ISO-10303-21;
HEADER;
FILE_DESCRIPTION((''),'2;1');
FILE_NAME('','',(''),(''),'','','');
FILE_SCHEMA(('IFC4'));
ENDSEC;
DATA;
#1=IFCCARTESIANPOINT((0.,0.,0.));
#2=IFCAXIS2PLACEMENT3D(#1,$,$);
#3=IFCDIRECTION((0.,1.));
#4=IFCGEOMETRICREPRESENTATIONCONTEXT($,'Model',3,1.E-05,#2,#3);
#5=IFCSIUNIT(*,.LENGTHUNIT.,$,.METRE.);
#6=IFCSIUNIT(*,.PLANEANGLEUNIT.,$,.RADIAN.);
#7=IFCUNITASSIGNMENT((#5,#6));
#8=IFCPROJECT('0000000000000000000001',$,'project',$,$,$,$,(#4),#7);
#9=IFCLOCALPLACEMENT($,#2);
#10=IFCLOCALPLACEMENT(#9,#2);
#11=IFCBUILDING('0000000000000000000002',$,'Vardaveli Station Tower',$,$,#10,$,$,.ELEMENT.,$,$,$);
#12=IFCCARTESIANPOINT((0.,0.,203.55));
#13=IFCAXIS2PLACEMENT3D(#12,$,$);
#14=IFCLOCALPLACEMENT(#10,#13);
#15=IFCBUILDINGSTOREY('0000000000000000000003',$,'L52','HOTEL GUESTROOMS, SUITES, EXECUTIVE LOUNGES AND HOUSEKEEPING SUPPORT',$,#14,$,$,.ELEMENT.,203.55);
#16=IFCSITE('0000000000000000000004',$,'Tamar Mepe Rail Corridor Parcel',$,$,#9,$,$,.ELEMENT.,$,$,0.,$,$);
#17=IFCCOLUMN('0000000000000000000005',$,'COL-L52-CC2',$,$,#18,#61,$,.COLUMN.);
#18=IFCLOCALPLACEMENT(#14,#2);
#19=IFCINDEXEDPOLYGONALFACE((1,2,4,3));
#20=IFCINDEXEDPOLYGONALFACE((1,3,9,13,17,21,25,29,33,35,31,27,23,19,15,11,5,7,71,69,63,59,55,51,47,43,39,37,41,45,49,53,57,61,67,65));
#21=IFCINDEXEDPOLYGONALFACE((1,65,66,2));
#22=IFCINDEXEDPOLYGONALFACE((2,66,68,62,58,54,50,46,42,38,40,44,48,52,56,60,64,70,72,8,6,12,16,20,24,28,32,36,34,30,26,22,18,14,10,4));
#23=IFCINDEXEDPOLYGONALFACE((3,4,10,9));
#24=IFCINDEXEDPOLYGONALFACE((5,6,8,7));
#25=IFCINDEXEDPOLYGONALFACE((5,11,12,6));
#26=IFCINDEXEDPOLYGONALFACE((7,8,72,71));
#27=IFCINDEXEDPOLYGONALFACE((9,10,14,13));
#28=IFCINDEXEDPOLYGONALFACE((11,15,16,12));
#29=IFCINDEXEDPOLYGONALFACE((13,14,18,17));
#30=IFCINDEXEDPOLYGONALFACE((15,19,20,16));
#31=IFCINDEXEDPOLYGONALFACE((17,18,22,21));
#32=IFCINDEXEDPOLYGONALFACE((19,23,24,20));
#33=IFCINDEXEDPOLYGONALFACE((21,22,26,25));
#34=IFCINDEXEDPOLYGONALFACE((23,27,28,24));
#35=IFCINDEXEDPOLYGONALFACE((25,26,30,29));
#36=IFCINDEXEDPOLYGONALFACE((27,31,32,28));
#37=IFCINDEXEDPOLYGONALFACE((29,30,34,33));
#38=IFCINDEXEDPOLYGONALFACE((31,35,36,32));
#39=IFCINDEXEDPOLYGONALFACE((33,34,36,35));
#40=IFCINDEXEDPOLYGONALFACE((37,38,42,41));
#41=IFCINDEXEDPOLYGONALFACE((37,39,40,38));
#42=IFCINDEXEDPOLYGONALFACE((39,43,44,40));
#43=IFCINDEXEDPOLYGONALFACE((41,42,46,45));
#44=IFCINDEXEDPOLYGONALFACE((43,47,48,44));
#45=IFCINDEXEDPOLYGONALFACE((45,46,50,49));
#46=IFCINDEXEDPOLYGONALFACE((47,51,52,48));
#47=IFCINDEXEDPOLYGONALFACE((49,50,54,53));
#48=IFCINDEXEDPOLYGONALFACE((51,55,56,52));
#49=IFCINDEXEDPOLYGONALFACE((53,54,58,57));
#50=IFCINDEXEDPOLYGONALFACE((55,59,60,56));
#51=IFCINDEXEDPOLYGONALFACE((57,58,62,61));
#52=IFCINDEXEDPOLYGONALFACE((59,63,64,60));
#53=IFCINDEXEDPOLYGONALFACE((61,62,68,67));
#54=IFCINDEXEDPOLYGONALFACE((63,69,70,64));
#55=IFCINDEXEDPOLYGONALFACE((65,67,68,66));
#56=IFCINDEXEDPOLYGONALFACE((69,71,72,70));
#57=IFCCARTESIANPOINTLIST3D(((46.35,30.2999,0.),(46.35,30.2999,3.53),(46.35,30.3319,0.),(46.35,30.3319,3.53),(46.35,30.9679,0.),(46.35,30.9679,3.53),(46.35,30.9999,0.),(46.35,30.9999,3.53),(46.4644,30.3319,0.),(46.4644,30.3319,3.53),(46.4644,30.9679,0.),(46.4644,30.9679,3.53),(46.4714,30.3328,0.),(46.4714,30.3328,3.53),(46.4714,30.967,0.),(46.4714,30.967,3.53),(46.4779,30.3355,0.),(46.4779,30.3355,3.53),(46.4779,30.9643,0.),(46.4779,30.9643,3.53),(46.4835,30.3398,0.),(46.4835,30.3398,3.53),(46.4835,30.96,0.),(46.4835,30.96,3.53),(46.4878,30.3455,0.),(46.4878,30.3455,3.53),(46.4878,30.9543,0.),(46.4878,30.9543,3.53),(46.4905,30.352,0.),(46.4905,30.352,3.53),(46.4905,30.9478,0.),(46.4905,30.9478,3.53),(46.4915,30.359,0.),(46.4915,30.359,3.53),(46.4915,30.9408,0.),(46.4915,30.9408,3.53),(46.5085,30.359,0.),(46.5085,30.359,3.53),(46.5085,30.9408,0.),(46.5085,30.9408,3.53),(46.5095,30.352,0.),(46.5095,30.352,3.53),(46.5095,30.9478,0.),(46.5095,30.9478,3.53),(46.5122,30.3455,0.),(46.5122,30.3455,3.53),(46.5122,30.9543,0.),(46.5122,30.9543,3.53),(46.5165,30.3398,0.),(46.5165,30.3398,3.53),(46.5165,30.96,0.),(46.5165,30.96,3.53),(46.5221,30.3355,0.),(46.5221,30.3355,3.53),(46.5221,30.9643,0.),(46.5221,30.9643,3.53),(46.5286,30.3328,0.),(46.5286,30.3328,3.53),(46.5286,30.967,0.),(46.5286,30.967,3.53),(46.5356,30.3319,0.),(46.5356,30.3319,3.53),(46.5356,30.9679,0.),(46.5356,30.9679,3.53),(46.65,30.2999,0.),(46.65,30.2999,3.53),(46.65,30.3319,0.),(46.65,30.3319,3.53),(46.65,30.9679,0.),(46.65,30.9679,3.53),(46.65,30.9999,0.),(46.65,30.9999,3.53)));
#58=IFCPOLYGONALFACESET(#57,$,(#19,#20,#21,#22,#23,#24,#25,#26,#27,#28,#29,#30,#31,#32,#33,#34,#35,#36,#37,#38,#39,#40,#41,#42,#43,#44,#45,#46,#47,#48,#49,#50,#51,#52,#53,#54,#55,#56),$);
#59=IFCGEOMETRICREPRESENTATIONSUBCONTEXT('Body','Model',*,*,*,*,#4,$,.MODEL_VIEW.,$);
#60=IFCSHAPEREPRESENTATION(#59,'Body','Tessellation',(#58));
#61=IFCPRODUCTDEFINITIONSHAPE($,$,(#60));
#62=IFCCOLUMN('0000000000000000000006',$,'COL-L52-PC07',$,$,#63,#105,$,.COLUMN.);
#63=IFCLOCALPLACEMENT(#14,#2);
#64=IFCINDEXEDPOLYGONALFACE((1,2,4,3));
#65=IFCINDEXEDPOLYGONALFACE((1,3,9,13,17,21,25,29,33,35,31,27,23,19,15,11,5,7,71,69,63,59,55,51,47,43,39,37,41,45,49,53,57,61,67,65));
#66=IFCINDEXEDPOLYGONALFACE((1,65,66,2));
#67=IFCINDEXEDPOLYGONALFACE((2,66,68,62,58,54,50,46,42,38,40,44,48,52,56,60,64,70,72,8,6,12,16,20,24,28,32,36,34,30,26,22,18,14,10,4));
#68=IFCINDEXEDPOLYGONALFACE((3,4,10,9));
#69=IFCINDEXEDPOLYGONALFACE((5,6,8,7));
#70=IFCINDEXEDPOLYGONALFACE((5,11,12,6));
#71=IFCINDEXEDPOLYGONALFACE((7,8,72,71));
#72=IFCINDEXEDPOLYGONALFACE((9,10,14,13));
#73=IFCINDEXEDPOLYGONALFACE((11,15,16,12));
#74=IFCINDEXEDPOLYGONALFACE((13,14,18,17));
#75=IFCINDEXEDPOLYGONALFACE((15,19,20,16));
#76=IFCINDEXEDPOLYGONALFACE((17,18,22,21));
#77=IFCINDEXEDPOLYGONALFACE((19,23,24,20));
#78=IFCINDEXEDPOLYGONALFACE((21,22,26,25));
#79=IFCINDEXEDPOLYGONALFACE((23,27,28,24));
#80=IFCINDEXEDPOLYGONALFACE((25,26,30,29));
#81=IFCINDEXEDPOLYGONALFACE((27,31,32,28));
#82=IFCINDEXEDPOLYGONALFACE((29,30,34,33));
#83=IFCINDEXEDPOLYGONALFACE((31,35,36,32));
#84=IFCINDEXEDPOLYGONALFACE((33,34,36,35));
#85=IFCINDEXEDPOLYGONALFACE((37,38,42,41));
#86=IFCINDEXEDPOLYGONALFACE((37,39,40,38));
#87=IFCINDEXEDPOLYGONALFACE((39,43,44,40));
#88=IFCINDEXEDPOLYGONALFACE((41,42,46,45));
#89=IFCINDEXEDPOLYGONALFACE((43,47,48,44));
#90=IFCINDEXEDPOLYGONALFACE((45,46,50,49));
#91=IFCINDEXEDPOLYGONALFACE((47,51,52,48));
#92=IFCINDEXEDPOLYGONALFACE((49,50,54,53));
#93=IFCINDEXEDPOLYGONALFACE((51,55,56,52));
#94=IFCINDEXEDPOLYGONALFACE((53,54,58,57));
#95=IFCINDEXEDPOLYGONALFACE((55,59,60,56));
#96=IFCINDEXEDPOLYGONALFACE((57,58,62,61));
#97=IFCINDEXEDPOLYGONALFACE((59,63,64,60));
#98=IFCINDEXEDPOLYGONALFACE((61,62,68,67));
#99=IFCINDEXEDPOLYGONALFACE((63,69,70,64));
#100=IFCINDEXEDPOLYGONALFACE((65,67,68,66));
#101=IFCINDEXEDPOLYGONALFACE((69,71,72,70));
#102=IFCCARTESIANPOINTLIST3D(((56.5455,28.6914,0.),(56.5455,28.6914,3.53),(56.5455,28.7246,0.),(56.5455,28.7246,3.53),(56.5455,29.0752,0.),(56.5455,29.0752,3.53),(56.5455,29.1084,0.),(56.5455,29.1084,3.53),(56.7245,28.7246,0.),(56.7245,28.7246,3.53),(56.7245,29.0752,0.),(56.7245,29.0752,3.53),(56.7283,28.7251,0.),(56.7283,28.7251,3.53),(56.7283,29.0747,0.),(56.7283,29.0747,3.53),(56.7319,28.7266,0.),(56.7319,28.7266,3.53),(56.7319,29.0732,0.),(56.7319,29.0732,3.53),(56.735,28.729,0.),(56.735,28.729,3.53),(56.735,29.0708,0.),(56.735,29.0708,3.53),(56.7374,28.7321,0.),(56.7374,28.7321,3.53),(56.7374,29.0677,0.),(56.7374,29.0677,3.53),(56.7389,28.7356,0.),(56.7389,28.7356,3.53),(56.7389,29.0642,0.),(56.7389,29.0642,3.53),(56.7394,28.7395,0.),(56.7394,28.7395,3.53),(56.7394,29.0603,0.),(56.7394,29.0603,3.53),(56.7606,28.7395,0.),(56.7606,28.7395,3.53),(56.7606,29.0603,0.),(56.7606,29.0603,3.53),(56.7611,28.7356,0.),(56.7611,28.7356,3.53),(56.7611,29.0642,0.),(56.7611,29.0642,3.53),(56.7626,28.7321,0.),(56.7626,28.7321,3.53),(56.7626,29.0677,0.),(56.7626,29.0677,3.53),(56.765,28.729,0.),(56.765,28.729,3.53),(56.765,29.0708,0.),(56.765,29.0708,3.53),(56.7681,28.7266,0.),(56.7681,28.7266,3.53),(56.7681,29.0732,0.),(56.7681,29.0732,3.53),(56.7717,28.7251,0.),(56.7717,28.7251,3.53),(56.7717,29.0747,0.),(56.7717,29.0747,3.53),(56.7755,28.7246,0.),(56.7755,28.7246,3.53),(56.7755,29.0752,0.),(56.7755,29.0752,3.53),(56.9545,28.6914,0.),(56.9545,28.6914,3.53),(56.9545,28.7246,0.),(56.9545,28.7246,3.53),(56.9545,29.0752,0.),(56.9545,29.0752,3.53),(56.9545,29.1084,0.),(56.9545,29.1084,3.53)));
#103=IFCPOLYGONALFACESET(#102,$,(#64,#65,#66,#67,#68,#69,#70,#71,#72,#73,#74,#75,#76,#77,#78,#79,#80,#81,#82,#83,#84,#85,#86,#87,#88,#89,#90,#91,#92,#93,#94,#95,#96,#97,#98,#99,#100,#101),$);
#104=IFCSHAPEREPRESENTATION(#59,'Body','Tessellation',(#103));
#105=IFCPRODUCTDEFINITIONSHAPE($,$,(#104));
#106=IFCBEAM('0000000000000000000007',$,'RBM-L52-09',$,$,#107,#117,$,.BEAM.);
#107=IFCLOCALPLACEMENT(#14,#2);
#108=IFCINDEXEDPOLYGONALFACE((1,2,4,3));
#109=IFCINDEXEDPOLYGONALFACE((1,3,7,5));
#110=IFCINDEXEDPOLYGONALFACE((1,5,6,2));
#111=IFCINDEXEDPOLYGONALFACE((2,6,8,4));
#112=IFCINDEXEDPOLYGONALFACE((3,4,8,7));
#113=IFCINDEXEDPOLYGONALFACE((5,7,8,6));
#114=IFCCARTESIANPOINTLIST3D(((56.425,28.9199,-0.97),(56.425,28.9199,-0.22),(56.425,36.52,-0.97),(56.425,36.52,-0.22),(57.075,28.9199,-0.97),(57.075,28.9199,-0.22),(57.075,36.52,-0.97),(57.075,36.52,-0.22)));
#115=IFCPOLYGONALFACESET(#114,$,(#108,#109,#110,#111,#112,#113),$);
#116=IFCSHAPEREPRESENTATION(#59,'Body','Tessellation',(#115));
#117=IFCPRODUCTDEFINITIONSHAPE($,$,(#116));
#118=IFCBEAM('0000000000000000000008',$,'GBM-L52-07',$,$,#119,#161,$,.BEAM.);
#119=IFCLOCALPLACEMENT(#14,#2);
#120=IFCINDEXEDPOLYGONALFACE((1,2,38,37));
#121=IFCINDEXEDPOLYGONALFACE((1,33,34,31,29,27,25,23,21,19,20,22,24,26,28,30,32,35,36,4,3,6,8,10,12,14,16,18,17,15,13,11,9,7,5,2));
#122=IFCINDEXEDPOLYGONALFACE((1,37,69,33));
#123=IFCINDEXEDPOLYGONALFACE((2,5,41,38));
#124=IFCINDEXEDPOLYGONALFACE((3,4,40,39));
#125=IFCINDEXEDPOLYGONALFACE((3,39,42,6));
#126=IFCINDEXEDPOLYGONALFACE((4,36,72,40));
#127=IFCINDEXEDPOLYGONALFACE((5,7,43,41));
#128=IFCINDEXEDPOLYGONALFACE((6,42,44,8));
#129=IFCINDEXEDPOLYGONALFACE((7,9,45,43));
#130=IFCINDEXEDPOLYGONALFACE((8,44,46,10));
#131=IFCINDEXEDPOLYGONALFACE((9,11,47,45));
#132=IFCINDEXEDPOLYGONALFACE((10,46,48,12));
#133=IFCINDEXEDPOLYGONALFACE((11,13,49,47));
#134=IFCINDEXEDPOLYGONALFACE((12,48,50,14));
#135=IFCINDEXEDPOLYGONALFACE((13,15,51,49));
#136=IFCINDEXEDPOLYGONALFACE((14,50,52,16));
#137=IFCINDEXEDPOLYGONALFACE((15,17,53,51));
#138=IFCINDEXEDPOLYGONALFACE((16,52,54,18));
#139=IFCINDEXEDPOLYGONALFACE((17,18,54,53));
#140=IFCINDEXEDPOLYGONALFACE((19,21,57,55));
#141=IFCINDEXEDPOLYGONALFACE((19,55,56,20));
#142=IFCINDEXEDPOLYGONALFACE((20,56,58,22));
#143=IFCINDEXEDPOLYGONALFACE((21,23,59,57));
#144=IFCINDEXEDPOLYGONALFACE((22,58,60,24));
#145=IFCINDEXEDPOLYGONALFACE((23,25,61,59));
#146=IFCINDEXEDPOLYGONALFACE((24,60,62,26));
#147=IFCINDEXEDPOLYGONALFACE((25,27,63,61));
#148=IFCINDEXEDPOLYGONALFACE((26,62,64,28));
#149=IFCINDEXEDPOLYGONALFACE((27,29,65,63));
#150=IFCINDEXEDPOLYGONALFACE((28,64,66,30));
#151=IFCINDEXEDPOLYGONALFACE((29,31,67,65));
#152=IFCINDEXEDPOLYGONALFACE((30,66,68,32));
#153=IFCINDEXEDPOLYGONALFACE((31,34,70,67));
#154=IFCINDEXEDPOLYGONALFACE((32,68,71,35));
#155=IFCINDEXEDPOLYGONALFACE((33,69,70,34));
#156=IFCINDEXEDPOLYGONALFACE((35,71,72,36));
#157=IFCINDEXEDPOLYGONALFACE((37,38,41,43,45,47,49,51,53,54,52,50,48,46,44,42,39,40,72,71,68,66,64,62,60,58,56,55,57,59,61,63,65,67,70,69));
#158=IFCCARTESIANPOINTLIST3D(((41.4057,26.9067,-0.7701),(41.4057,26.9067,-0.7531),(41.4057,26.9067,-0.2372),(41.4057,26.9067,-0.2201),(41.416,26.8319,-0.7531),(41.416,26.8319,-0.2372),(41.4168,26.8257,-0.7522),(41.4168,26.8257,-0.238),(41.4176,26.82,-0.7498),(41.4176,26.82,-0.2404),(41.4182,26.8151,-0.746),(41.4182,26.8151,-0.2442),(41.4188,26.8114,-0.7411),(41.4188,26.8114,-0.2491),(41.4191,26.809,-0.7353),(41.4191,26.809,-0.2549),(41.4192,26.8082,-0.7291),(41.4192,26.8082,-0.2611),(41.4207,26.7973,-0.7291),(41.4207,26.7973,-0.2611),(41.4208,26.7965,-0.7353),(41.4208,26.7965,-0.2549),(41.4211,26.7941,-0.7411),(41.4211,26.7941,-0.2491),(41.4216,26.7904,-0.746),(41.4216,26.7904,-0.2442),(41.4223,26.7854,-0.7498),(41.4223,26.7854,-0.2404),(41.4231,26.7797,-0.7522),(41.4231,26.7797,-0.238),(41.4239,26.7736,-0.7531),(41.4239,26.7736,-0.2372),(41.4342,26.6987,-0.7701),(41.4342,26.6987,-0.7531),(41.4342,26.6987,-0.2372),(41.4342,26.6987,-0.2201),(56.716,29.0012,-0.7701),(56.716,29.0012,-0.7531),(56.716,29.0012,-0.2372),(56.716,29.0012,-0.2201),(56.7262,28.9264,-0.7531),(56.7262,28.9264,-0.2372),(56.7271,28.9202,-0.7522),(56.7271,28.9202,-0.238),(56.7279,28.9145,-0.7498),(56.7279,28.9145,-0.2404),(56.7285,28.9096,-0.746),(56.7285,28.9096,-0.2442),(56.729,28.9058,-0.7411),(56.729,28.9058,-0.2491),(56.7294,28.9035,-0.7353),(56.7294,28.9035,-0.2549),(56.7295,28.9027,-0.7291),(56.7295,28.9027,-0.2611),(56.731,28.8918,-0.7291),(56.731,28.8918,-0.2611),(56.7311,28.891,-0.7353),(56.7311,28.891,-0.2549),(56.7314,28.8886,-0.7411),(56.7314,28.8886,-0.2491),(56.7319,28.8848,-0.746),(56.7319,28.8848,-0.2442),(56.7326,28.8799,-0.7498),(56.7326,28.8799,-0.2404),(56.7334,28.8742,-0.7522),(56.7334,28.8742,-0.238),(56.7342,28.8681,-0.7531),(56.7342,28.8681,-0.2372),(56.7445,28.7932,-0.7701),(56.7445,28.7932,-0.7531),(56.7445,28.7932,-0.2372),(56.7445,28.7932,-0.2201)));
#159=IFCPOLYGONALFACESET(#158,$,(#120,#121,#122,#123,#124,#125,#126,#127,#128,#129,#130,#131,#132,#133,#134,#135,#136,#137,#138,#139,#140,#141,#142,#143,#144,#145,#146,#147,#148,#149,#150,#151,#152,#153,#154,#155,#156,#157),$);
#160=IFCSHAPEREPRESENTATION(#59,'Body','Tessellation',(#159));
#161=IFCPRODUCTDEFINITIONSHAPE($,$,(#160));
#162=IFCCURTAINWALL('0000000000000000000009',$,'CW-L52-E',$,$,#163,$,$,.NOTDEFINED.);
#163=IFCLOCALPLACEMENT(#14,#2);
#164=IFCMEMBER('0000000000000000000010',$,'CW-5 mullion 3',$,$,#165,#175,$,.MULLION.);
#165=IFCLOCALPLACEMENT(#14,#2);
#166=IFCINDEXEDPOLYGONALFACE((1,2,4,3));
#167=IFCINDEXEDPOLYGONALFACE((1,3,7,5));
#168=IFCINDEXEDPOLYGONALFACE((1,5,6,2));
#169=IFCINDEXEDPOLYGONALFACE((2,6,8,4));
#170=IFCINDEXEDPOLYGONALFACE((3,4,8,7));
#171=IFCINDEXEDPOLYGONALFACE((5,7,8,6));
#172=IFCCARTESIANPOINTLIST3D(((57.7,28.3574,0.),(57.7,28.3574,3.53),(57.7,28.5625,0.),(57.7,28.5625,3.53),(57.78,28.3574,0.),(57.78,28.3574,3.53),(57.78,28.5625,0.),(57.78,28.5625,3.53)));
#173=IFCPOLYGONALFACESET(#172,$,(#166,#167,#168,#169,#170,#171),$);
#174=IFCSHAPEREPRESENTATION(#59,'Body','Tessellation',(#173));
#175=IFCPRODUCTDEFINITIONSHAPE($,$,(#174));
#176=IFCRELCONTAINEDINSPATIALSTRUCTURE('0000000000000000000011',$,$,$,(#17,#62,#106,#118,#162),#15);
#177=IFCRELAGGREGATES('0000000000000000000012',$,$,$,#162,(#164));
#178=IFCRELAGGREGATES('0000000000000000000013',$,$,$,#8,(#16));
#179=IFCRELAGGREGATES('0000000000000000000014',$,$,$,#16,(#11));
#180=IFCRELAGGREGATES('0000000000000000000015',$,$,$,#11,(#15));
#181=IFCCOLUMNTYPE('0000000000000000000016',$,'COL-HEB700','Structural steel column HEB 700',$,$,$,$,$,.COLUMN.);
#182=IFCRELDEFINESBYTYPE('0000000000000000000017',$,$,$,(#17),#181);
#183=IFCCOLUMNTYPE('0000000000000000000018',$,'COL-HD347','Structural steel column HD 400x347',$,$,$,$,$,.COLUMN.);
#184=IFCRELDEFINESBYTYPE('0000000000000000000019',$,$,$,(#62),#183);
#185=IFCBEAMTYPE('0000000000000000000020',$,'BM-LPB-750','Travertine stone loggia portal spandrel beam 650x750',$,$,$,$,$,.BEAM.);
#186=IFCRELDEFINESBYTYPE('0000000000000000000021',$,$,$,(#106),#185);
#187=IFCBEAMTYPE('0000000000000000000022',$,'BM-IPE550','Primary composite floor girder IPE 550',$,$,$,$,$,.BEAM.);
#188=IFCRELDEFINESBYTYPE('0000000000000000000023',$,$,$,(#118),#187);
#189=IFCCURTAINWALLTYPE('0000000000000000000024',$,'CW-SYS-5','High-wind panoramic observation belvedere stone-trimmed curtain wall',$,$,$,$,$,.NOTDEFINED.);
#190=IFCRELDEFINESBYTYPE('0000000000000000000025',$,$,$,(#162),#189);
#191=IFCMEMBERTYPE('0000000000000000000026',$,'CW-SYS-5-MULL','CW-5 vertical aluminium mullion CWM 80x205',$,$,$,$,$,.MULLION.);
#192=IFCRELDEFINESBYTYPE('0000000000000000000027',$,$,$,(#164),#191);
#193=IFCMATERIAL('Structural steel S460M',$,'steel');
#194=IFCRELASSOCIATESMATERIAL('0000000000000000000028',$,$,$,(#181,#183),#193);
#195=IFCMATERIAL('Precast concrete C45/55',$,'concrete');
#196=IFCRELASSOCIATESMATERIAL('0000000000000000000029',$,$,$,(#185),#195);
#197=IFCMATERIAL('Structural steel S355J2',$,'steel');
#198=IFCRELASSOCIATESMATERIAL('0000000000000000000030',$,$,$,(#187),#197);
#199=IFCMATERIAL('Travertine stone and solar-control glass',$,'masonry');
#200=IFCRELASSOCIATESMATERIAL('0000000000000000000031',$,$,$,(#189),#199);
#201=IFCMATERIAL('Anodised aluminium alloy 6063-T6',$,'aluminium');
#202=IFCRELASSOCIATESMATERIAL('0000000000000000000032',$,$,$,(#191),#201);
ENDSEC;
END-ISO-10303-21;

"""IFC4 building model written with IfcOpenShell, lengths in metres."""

from ifc_helpers import new_model, si_unit, direction, frame, origin, origin_2d, place, context, subcontext, project, spatial, rectangle, i_section, extrude, source, transform, mapped, material, material_profile, profile_set, type_object, element, aggregate, save


model = new_model("IFC4")

# Units and contexts
model_context = context("Model", 3, precision=1e-05, world=origin(), true_north=direction((0.0, 1.0)))
body_context = subcontext(model_context, "Body", "Model", "MODEL_VIEW")
ifc_project = project(units=[si_unit("LENGTHUNIT", "METRE"), si_unit("PLANEANGLEUNIT", "RADIAN")], contexts=[model_context])

# Site, building, storey
site_placement = place(None, origin())
site = spatial("IfcSite", under=ifc_project, at=site_placement, Name="Tamar Mepe Rail Corridor Parcel", CompositionType="ELEMENT", RefElevation=0.0)
building_placement = place(site_placement, origin())
building = spatial("IfcBuilding", under=site, at=building_placement, Name="Vardaveli Station Tower", CompositionType="ELEMENT")
storey_placement = place(building_placement, frame((0.0, 0.0, 203.55)))
storey = spatial("IfcBuildingStorey", under=building, at=storey_placement, Name="L52", Description="HOTEL GUESTROOMS, SUITES, EXECUTIVE LOUNGES AND HOUSEKEEPING SUPPORT", CompositionType="ELEMENT", Elevation=203.55)

# Columns
ifc_material_1 = material(Name="Structural steel S460M", Category="steel")
ifc_material_profile_1 = material_profile(ifc_material_1, i_section(OverallWidth=0.3, OverallDepth=0.7, WebThickness=0.0171, FlangeThickness=0.032, FilletRadius=0.0271, at=origin_2d()), Name="HEB 700")
ifc_profile_set_1 = profile_set([ifc_material_profile_1], Name="Structural steel S460M")
column_type_1 = type_object("IfcColumnType", Name="COL-HEB700", Description="Structural steel column HEB 700", PredefinedType="COLUMN", material=ifc_profile_set_1)
shared_shape_1 = source(origin(), body_context, "Body", "SweptSolid", [
    extrude(i_section(OverallWidth=0.3, OverallDepth=0.7, WebThickness=0.0171, FlangeThickness=0.032, FilletRadius=0.0271, at=origin_2d()), origin(), (0.0, 0.0, 1.0), 3.53),
])
column_1_placement = place(storey_placement, frame((46.5, 30.6499, 0.0), z_axis=(0.0, 0.0, 1.0), x_axis=(1.0, 0.0, 0.0)))
element("IfcColumn", 1, at=column_1_placement, inside=storey, type_object=column_type_1, Name="COL-L52-CC2", PredefinedType="COLUMN", context=body_context, shape_type="MappedRepresentation", body=[
    mapped(shared_shape_1, transform((0.0, 0.0, 0.0), scale=1.0)),
])
ifc_material_profile_2 = material_profile(ifc_material_1, i_section(OverallWidth=0.4089, OverallDepth=0.417, WebThickness=0.0212, FlangeThickness=0.0332, FilletRadius=0.0149, at=origin_2d()), Name="HD 400x347")
ifc_profile_set_2 = profile_set([ifc_material_profile_2], Name="Structural steel S460M")
column_type_2 = type_object("IfcColumnType", Name="COL-HD347", Description="Structural steel column HD 400x347", PredefinedType="COLUMN", material=ifc_profile_set_2)
shared_shape_2 = source(origin(), body_context, "Body", "SweptSolid", [
    extrude(i_section(OverallWidth=0.4089, OverallDepth=0.417, WebThickness=0.0212, FlangeThickness=0.0332, FilletRadius=0.0149, at=origin_2d()), origin(), (0.0, 0.0, 1.0), 3.53),
])
column_2_placement = place(storey_placement, frame((56.75, 28.8999, 0.0), z_axis=(0.0, 0.0, 1.0), x_axis=(1.0, 0.0, 0.0)))
element("IfcColumn", 2, at=column_2_placement, inside=storey, type_object=column_type_2, Name="COL-L52-PC07", PredefinedType="COLUMN", context=body_context, shape_type="MappedRepresentation", body=[
    mapped(shared_shape_2, transform((0.0, 0.0, 0.0), scale=1.0)),
])

# Beams
ifc_material_2 = material(Name="Precast concrete C45/55", Category="concrete")
ifc_material_profile_3 = material_profile(ifc_material_2, rectangle(XDim=0.6499, YDim=0.75, at=origin_2d()), Name="LPB 650x750")
ifc_profile_set_3 = profile_set([ifc_material_profile_3], Name="Precast concrete C45/55")
beam_type_1 = type_object("IfcBeamType", Name="BM-LPB-750", Description="Travertine stone loggia portal spandrel beam 650x750", PredefinedType="BEAM", material=ifc_profile_set_3)
shared_shape_3 = source(origin(), body_context, "Body", "SweptSolid", [
    extrude(rectangle(XDim=0.6499, YDim=0.75, at=origin_2d()), origin(), (0.0, 0.0, 1.0), 7.6001),
])
beam_1_placement = place(storey_placement, frame((56.75, 28.9199, -0.595), z_axis=(0.0, 1.0, 0.0), x_axis=(-1.0, 0.0, 0.0)))
element("IfcBeam", 3, at=beam_1_placement, inside=storey, type_object=beam_type_1, Name="RBM-L52-09", PredefinedType="BEAM", context=body_context, shape_type="MappedRepresentation", body=[
    mapped(shared_shape_3, transform((0.0, 0.0, 0.0), scale=1.0)),
])
ifc_material_3 = material(Name="Structural steel S355J2", Category="steel")
ifc_material_profile_4 = material_profile(ifc_material_3, i_section(OverallWidth=0.21, OverallDepth=0.55, WebThickness=0.011, FlangeThickness=0.0171, FilletRadius=0.0239, at=origin_2d()), Name="IPE 550")
ifc_profile_set_4 = profile_set([ifc_material_profile_4], Name="Structural steel S355J2")
beam_type_2 = type_object("IfcBeamType", Name="BM-IPE550", Description="Primary composite floor girder IPE 550", PredefinedType="BEAM", material=ifc_profile_set_4)
shared_shape_4 = source(origin(), body_context, "Body", "SweptSolid", [
    extrude(i_section(OverallWidth=0.21, OverallDepth=0.55, WebThickness=0.011, FlangeThickness=0.0171, FilletRadius=0.0239, at=origin_2d()), origin(), (0.0, 0.0, 1.0), 15.4529),
])
beam_2_placement = place(storey_placement, frame((56.7302, 28.8972, -0.4951), z_axis=(-0.990772, -0.13554, 0.0), x_axis=(0.13554, -0.990772, 0.0)))
element("IfcBeam", 4, at=beam_2_placement, inside=storey, type_object=beam_type_2, Name="GBM-L52-07", PredefinedType="BEAM", context=body_context, shape_type="MappedRepresentation", body=[
    mapped(shared_shape_4, transform((0.0, 0.0, 0.0), scale=1.0)),
])

# Curtain wall, member
ifc_material_4 = material(Name="Travertine stone and solar-control glass", Category="masonry")
curtain_wall_type = type_object("IfcCurtainWallType", Name="CW-SYS-5", Description="High-wind panoramic observation belvedere stone-trimmed curtain wall", PredefinedType="NOTDEFINED", material=ifc_material_4)
curtain_wall_placement = place(storey_placement, origin())
curtain_wall = element("IfcCurtainWall", 5, at=curtain_wall_placement, inside=storey, type_object=curtain_wall_type, Name="CW-L52-E", PredefinedType="NOTDEFINED")
ifc_material_5 = material(Name="Anodised aluminium alloy 6063-T6", Category="aluminium")
ifc_material_profile_5 = material_profile(ifc_material_5, rectangle(XDim=0.0801, YDim=0.2051, at=origin_2d()), Name="CWM 80x205")
ifc_profile_set_5 = profile_set([ifc_material_profile_5], Name="Anodised aluminium alloy 6063-T6")
member_type = type_object("IfcMemberType", Name="CW-SYS-5-MULL", Description="CW-5 vertical aluminium mullion CWM 80x205", PredefinedType="MULLION", material=ifc_profile_set_5)
shared_shape_5 = source(origin(), body_context, "Body", "SweptSolid", [
    extrude(rectangle(XDim=0.0801, YDim=0.2051, at=origin_2d()), origin(), (0.0, 0.0, 1.0), 3.53),
])
member_placement = place(storey_placement, frame((57.74, 28.46, 0.0), z_axis=(0.0, 0.0, 1.0), x_axis=(-1.0, 0.0, 0.0)))
member = element("IfcMember", 6, at=member_placement, type_object=member_type, Name="CW-5 mullion 3", PredefinedType="MULLION", context=body_context, shape_type="MappedRepresentation", body=[
    mapped(shared_shape_5, transform((0.0, 0.0, 0.0), scale=1.0)),
])
aggregate(curtain_wall, [member])

save(model, "model.ifc")
